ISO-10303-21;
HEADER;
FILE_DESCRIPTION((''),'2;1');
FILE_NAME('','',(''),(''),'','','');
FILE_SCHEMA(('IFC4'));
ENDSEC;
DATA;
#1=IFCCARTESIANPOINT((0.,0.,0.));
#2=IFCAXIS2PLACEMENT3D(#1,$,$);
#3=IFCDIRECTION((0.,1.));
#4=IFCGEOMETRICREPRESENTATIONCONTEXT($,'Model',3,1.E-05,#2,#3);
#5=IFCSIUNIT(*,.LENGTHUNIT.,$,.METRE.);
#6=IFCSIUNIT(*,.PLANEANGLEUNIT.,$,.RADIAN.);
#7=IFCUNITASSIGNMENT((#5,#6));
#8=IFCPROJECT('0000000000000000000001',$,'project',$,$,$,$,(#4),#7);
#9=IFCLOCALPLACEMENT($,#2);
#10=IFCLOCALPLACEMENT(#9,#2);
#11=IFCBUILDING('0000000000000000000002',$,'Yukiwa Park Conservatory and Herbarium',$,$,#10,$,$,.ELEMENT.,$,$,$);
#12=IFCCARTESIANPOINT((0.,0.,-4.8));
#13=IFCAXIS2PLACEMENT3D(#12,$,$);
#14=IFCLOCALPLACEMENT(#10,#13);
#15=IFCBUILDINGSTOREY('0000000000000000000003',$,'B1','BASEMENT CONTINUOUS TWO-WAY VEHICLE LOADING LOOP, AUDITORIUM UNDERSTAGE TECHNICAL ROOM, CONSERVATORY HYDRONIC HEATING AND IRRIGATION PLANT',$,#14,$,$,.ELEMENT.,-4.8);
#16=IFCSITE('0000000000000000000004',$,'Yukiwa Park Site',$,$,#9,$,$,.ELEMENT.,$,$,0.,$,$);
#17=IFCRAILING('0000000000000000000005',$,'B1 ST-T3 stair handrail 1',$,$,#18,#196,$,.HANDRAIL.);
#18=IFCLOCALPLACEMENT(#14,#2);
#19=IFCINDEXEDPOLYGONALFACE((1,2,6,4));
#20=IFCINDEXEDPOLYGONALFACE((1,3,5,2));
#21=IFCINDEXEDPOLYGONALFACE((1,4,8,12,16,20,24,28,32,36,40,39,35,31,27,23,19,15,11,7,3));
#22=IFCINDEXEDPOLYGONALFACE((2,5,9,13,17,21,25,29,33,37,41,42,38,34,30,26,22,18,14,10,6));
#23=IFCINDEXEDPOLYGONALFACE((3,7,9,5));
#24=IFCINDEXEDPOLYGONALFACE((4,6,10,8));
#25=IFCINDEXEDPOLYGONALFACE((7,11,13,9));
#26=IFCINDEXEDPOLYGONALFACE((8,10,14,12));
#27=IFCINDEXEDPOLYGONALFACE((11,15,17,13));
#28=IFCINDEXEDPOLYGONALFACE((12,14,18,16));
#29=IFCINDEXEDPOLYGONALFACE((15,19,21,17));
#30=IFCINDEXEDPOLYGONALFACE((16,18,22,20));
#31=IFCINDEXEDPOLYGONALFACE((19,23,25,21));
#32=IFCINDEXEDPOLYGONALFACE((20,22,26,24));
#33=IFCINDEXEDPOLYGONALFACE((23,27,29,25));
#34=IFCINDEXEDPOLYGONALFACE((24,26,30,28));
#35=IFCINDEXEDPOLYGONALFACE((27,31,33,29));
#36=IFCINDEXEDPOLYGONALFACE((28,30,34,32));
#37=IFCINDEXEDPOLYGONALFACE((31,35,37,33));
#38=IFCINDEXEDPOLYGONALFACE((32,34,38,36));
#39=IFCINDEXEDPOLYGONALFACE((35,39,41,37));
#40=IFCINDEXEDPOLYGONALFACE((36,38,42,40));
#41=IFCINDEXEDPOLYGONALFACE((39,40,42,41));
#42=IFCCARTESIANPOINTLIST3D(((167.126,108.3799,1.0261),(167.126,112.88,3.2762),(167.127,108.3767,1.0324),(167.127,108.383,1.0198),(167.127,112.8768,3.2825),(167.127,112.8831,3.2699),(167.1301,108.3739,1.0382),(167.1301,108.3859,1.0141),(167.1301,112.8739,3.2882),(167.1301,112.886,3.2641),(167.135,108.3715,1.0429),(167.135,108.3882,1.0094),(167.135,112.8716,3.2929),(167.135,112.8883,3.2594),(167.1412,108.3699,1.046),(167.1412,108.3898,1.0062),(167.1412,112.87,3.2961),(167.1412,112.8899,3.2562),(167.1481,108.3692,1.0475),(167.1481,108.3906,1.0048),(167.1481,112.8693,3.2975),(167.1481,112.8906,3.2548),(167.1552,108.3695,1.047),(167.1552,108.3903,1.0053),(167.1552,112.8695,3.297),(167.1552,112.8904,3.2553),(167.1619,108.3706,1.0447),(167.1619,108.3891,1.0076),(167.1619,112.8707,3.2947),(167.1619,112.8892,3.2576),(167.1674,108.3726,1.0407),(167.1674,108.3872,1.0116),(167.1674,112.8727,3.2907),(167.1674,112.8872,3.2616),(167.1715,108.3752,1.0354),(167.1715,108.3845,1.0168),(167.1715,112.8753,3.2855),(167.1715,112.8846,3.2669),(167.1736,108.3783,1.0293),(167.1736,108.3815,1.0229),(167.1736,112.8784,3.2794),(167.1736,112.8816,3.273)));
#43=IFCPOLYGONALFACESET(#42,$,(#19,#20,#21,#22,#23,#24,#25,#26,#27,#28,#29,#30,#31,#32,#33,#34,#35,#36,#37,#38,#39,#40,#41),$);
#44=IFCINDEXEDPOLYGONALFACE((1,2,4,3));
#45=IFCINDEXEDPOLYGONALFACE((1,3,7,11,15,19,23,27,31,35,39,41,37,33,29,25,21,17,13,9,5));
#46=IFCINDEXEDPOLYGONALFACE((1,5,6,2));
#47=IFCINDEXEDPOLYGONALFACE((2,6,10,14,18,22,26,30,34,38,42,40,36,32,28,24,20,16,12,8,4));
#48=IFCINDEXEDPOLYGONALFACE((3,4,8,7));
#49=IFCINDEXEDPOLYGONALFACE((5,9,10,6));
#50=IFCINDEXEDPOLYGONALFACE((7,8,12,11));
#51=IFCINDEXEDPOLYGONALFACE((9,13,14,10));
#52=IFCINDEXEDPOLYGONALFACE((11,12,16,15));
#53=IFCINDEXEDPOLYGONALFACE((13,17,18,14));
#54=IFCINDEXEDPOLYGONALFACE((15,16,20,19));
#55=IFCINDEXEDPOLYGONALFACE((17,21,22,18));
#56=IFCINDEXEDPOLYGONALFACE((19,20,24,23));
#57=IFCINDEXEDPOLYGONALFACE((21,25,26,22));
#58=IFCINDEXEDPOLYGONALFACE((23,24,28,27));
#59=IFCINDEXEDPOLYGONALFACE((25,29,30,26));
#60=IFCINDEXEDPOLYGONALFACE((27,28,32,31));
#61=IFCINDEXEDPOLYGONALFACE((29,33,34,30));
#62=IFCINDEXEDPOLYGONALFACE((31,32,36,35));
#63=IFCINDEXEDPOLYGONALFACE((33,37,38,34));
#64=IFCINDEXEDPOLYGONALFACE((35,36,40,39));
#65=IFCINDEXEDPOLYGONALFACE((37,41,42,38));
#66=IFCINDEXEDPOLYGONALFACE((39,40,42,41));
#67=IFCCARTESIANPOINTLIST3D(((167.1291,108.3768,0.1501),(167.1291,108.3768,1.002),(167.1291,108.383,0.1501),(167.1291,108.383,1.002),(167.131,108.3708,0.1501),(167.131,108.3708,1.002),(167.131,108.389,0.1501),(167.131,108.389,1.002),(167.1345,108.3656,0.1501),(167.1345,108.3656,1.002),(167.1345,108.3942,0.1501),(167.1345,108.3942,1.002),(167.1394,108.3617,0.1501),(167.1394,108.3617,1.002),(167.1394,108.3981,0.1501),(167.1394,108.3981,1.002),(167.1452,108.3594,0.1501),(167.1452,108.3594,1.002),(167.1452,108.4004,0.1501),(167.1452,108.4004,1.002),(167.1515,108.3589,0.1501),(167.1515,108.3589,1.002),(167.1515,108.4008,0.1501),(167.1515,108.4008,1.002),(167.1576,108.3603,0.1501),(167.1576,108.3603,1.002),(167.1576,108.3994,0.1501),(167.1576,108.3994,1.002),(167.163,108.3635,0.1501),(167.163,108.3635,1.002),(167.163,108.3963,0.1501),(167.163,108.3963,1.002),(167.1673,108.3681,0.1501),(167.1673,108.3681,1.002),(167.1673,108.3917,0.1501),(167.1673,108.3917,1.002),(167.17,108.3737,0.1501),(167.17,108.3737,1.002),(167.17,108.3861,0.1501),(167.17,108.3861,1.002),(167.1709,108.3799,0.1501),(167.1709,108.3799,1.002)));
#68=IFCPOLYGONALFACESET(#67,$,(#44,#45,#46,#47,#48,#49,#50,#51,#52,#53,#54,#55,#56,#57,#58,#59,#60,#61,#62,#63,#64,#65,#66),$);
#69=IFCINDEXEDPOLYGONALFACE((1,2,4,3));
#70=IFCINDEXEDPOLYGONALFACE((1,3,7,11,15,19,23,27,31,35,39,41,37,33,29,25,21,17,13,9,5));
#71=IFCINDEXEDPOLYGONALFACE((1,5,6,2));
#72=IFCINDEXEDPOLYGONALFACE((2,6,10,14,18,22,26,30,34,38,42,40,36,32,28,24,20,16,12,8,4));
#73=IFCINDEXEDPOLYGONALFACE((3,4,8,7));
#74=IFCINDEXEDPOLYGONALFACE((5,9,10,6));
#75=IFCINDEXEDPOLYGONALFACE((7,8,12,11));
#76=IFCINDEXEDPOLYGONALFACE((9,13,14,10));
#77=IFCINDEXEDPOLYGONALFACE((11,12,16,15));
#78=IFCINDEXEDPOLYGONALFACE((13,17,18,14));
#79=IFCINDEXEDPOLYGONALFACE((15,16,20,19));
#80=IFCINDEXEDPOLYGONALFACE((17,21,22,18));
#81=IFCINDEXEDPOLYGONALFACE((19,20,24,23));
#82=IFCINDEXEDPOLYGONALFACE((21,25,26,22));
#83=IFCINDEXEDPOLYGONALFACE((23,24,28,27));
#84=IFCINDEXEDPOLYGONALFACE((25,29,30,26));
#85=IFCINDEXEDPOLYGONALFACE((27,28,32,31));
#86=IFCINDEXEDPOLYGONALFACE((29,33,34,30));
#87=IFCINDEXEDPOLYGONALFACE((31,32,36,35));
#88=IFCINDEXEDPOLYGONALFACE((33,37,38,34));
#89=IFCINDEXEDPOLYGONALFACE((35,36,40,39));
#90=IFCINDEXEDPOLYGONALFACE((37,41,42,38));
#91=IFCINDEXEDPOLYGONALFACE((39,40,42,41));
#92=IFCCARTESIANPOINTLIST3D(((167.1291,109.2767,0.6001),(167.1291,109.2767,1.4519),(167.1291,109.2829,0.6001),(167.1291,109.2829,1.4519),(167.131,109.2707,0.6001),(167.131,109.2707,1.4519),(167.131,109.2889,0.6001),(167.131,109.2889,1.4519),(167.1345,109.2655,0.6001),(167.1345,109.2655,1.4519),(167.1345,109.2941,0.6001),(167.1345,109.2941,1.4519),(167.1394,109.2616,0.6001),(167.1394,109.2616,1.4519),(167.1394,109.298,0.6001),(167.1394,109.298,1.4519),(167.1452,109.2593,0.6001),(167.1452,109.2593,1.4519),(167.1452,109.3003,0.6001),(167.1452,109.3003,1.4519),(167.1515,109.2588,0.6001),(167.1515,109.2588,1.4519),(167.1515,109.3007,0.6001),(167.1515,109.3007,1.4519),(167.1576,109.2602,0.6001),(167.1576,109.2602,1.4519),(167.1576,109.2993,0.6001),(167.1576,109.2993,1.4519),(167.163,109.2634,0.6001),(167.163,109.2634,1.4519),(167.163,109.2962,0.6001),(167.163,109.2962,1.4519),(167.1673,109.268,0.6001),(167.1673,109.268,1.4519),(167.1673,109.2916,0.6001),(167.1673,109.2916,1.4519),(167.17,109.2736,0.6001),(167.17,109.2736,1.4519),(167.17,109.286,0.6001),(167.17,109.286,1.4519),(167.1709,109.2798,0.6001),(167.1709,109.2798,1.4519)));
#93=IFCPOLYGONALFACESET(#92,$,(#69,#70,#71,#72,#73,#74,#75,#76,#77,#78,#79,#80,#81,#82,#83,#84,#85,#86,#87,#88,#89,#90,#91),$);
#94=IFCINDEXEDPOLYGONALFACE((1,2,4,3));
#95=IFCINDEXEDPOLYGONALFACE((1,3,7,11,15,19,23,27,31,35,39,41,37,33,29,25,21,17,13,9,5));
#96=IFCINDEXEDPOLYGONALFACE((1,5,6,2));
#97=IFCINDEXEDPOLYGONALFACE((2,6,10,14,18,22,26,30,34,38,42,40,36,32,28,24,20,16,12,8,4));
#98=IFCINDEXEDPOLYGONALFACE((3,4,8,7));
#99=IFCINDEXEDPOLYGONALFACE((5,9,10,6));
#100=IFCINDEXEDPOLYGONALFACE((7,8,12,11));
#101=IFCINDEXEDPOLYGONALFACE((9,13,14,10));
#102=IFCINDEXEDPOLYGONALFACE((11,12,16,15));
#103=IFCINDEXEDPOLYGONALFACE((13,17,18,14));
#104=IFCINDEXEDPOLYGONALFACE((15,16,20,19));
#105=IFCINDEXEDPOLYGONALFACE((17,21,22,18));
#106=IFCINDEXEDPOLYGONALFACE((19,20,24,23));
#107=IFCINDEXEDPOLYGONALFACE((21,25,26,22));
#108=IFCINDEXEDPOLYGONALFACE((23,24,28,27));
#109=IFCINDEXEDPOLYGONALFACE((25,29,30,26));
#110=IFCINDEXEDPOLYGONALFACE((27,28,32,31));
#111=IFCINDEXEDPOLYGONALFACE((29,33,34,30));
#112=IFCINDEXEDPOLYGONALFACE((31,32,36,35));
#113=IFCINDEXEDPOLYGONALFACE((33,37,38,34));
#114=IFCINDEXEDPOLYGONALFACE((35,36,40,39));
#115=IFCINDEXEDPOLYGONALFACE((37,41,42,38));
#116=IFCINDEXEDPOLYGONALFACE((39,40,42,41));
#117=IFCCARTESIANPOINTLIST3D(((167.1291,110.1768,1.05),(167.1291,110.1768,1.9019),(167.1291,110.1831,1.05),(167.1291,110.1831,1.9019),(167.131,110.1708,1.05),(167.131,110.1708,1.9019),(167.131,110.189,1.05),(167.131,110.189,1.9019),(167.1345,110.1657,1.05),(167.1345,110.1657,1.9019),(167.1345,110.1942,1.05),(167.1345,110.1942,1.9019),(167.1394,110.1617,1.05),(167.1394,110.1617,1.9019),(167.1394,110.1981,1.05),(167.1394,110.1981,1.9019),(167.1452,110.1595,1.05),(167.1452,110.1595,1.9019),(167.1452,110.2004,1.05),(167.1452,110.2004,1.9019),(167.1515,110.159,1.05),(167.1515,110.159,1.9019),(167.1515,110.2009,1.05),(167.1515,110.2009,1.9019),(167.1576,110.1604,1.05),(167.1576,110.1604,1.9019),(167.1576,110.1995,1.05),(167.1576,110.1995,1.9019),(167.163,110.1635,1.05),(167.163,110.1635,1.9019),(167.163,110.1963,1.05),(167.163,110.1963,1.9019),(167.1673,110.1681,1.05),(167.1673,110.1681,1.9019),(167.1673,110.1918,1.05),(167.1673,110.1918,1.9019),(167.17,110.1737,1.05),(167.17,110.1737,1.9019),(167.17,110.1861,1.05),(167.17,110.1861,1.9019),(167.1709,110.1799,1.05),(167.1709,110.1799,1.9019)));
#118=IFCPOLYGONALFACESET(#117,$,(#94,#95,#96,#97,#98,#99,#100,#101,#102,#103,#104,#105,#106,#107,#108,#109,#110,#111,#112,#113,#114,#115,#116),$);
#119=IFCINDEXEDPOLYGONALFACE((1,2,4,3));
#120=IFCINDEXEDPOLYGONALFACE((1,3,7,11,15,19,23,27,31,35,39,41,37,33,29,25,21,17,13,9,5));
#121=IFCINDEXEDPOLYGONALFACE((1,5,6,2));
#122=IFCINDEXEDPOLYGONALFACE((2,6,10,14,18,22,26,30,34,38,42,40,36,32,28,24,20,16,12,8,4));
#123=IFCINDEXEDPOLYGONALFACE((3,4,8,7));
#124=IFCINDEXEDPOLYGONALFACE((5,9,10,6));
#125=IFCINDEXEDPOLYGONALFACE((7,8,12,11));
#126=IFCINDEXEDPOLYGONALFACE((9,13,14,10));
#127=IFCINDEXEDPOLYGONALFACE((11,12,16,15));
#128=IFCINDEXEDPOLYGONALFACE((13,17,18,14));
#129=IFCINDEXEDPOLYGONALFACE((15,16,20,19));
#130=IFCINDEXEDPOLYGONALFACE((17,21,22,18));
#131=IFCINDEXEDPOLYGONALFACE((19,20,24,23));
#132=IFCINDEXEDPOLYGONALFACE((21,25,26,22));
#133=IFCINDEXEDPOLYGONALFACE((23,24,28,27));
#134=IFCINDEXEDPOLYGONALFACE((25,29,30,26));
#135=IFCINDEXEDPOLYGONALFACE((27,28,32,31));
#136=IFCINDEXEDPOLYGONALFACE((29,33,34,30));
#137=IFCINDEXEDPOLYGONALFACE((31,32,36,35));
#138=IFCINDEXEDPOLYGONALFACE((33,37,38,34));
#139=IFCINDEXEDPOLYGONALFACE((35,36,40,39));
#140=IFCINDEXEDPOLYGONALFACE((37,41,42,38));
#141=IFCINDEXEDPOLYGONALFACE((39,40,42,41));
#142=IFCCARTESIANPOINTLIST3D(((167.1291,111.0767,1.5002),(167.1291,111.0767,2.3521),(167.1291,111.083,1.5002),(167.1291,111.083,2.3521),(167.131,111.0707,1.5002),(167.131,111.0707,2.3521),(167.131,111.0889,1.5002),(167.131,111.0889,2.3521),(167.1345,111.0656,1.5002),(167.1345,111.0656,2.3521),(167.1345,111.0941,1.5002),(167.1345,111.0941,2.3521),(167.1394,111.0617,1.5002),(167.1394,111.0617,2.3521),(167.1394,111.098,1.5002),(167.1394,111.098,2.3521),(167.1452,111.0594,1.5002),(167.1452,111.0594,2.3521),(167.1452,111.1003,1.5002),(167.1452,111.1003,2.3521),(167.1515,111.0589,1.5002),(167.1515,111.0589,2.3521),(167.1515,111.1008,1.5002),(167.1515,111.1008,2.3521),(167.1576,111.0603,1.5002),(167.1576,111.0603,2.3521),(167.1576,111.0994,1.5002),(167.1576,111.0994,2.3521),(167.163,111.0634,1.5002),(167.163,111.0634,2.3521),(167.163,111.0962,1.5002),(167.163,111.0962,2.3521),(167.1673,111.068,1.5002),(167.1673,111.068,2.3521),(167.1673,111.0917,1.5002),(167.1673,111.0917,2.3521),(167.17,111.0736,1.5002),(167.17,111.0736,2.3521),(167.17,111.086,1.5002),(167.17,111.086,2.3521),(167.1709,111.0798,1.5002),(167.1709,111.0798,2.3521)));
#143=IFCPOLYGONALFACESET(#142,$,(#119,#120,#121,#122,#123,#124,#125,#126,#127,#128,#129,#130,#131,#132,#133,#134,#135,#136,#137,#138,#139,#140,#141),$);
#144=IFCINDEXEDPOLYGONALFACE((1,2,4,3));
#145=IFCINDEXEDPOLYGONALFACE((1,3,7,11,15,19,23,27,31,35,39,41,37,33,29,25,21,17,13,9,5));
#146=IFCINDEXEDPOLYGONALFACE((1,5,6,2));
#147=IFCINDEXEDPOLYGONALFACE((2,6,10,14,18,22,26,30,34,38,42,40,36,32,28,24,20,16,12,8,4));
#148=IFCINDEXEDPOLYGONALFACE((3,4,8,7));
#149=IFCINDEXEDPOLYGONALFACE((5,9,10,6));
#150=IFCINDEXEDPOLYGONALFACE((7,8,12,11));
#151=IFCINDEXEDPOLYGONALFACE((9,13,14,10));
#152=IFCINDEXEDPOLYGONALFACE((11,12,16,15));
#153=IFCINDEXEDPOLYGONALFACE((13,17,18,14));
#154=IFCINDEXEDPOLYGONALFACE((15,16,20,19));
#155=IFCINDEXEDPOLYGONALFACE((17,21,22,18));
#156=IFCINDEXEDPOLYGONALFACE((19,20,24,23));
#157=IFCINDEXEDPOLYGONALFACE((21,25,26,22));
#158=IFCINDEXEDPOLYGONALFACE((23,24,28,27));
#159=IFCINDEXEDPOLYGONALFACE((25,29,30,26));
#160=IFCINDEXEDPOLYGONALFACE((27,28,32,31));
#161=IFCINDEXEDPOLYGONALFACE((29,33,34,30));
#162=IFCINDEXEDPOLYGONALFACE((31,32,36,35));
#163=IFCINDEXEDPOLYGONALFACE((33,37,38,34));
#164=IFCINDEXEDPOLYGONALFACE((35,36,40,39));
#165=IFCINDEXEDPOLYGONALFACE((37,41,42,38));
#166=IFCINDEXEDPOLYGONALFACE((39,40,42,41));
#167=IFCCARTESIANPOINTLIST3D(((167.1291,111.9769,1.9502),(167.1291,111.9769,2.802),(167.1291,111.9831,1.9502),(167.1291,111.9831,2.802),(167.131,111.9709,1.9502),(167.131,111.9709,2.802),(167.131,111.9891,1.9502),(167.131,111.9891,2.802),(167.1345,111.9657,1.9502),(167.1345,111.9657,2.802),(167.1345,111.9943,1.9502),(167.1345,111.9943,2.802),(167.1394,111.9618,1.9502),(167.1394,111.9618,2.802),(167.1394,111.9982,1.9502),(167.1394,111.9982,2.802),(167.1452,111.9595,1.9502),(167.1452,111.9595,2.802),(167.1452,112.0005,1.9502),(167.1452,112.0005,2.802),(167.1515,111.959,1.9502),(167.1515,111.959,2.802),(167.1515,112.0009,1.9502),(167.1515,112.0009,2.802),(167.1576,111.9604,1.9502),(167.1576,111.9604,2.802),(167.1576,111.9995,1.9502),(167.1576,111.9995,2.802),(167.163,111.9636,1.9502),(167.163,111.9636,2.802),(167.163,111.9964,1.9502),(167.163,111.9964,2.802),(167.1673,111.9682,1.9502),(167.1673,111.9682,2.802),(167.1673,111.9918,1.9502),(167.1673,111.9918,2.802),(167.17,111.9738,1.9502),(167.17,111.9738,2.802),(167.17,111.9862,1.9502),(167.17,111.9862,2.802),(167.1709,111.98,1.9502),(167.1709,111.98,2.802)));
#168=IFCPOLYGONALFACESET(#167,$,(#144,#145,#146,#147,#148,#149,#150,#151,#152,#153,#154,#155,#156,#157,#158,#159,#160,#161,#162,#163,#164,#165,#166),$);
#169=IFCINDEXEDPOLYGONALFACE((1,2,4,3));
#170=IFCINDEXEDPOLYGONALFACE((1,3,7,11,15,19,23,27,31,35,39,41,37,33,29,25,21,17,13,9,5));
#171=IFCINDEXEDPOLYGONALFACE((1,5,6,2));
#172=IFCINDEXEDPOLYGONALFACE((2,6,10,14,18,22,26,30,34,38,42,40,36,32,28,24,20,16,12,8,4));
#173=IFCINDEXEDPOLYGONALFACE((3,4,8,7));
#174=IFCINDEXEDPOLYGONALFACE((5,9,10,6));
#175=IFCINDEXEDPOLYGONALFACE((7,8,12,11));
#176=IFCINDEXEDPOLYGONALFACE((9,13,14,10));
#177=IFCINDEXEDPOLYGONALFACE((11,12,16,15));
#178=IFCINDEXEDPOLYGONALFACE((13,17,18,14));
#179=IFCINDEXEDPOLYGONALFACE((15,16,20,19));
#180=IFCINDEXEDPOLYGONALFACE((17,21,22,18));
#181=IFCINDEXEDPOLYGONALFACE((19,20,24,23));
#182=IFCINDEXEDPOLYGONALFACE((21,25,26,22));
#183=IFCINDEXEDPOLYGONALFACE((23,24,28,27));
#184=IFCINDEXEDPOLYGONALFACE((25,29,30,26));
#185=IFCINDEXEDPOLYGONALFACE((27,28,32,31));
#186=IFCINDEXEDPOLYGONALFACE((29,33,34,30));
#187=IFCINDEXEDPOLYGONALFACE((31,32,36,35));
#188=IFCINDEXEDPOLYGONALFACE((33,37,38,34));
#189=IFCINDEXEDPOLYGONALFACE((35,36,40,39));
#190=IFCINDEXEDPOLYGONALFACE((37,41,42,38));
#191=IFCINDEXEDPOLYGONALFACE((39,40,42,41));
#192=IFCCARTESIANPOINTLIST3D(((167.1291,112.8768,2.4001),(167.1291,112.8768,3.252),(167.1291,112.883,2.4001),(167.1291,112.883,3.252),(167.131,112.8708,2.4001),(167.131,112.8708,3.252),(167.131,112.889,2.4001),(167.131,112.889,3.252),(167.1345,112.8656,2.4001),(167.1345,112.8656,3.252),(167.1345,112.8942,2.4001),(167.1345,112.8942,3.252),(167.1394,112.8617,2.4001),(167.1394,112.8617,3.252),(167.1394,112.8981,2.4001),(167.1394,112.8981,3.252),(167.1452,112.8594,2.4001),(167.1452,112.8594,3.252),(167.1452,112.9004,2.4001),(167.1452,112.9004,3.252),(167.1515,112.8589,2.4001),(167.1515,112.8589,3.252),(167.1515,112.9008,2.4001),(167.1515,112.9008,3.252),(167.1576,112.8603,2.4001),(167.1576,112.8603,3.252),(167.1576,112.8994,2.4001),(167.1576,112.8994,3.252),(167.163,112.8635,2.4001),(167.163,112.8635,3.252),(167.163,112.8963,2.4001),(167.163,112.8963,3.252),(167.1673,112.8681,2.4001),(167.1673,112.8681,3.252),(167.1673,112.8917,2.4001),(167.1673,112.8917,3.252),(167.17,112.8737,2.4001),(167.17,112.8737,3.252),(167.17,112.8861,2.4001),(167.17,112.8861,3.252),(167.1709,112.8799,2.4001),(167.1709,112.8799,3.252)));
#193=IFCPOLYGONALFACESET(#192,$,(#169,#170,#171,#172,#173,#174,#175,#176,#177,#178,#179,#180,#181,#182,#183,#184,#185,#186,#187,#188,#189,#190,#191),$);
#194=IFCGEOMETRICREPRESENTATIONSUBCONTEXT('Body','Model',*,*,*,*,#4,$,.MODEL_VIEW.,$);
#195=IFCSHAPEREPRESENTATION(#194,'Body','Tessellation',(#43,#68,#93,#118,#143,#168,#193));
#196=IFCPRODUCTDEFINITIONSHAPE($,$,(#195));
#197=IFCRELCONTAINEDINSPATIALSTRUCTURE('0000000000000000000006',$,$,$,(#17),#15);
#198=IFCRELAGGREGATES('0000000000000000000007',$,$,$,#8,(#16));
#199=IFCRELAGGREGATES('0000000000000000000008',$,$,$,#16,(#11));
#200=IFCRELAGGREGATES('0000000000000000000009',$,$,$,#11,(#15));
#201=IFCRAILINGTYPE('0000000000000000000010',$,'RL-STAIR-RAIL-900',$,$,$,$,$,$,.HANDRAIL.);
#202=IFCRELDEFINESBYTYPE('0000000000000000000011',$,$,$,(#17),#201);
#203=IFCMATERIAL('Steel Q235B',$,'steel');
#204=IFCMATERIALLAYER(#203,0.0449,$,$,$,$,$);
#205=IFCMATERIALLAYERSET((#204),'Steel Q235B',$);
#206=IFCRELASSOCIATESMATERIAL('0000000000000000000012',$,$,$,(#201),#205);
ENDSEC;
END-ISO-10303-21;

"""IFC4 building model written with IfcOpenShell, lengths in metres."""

from ifc_helpers import new_model, si_unit, direction, frame, origin, origin_2d, place, context, subcontext, project, spatial, circle, extrude, material, layer, layer_set, type_object, element, save


model = new_model("IFC4")

# Units and contexts
model_context = context("Model", 3, precision=1e-05, world=origin(), true_north=direction((0.0, 1.0)))
body_context = subcontext(model_context, "Body", "Model", "MODEL_VIEW")
ifc_project = project(units=[si_unit("LENGTHUNIT", "METRE"), si_unit("PLANEANGLEUNIT", "RADIAN")], contexts=[model_context])

# Site, building, storey
site_placement = place(None, origin())
site = spatial("IfcSite", under=ifc_project, at=site_placement, Name="Yukiwa Park Site", CompositionType="ELEMENT", RefElevation=0.0)
building_placement = place(site_placement, origin())
building = spatial("IfcBuilding", under=site, at=building_placement, Name="Yukiwa Park Conservatory and Herbarium", CompositionType="ELEMENT")
storey_placement = place(building_placement, frame((0.0, 0.0, -4.8)))
storey = spatial("IfcBuildingStorey", under=building, at=storey_placement, Name="B1", Description="BASEMENT CONTINUOUS TWO-WAY VEHICLE LOADING LOOP, AUDITORIUM UNDERSTAGE TECHNICAL ROOM, CONSERVATORY HYDRONIC HEATING AND IRRIGATION PLANT", CompositionType="ELEMENT", Elevation=-4.8)

# Railing
ifc_material_1 = material(Name="Steel Q235B", Category="steel")
ifc_layer_1 = layer(ifc_material_1, 0.0449)
ifc_layer_set_1 = layer_set([ifc_layer_1], Name="Steel Q235B")
railing_type_1 = type_object("IfcRailingType", Name="RL-STAIR-RAIL-900", PredefinedType="HANDRAIL", material=ifc_layer_set_1)
railing_1_placement = place(storey_placement, frame((167.1499, 108.3799, 0.1501)))
element("IfcRailing", 1, at=railing_1_placement, inside=storey, type_object=railing_type_1, Name="B1 ST-T3 stair handrail 1", PredefinedType="HANDRAIL", context=body_context, shape_type="SweptSolid", body=[
    extrude(circle(Radius=0.0239, at=origin_2d()), frame((0.0, 0.0, 0.876), z_axis=(0.0, 0.894427, 0.447214), x_axis=(-1.0, 0.0, 0.0)), (0.0, 0.0, 1.0), 5.0312),
    extrude(circle(Radius=0.021, at=origin_2d()), origin(), (0.0, 0.0, 1.0), 0.8518),
    extrude(circle(Radius=0.021, at=origin_2d()), frame((0.0, 0.8999, 0.45)), (0.0, 0.0, 1.0), 0.8518),
    extrude(circle(Radius=0.021, at=origin_2d()), frame((0.0, 1.8, 0.8999)), (0.0, 0.0, 1.0), 0.8518),
    extrude(circle(Radius=0.021, at=origin_2d()), frame((0.0, 2.7, 1.3501)), (0.0, 0.0, 1.0), 0.8518),
    extrude(circle(Radius=0.021, at=origin_2d()), frame((0.0, 3.6001, 1.8)), (0.0, 0.0, 1.0), 0.8518),
    extrude(circle(Radius=0.021, at=origin_2d()), frame((0.0, 4.5, 2.25)), (0.0, 0.0, 1.0), 0.8518),
])

save(model, "model.ifc")
